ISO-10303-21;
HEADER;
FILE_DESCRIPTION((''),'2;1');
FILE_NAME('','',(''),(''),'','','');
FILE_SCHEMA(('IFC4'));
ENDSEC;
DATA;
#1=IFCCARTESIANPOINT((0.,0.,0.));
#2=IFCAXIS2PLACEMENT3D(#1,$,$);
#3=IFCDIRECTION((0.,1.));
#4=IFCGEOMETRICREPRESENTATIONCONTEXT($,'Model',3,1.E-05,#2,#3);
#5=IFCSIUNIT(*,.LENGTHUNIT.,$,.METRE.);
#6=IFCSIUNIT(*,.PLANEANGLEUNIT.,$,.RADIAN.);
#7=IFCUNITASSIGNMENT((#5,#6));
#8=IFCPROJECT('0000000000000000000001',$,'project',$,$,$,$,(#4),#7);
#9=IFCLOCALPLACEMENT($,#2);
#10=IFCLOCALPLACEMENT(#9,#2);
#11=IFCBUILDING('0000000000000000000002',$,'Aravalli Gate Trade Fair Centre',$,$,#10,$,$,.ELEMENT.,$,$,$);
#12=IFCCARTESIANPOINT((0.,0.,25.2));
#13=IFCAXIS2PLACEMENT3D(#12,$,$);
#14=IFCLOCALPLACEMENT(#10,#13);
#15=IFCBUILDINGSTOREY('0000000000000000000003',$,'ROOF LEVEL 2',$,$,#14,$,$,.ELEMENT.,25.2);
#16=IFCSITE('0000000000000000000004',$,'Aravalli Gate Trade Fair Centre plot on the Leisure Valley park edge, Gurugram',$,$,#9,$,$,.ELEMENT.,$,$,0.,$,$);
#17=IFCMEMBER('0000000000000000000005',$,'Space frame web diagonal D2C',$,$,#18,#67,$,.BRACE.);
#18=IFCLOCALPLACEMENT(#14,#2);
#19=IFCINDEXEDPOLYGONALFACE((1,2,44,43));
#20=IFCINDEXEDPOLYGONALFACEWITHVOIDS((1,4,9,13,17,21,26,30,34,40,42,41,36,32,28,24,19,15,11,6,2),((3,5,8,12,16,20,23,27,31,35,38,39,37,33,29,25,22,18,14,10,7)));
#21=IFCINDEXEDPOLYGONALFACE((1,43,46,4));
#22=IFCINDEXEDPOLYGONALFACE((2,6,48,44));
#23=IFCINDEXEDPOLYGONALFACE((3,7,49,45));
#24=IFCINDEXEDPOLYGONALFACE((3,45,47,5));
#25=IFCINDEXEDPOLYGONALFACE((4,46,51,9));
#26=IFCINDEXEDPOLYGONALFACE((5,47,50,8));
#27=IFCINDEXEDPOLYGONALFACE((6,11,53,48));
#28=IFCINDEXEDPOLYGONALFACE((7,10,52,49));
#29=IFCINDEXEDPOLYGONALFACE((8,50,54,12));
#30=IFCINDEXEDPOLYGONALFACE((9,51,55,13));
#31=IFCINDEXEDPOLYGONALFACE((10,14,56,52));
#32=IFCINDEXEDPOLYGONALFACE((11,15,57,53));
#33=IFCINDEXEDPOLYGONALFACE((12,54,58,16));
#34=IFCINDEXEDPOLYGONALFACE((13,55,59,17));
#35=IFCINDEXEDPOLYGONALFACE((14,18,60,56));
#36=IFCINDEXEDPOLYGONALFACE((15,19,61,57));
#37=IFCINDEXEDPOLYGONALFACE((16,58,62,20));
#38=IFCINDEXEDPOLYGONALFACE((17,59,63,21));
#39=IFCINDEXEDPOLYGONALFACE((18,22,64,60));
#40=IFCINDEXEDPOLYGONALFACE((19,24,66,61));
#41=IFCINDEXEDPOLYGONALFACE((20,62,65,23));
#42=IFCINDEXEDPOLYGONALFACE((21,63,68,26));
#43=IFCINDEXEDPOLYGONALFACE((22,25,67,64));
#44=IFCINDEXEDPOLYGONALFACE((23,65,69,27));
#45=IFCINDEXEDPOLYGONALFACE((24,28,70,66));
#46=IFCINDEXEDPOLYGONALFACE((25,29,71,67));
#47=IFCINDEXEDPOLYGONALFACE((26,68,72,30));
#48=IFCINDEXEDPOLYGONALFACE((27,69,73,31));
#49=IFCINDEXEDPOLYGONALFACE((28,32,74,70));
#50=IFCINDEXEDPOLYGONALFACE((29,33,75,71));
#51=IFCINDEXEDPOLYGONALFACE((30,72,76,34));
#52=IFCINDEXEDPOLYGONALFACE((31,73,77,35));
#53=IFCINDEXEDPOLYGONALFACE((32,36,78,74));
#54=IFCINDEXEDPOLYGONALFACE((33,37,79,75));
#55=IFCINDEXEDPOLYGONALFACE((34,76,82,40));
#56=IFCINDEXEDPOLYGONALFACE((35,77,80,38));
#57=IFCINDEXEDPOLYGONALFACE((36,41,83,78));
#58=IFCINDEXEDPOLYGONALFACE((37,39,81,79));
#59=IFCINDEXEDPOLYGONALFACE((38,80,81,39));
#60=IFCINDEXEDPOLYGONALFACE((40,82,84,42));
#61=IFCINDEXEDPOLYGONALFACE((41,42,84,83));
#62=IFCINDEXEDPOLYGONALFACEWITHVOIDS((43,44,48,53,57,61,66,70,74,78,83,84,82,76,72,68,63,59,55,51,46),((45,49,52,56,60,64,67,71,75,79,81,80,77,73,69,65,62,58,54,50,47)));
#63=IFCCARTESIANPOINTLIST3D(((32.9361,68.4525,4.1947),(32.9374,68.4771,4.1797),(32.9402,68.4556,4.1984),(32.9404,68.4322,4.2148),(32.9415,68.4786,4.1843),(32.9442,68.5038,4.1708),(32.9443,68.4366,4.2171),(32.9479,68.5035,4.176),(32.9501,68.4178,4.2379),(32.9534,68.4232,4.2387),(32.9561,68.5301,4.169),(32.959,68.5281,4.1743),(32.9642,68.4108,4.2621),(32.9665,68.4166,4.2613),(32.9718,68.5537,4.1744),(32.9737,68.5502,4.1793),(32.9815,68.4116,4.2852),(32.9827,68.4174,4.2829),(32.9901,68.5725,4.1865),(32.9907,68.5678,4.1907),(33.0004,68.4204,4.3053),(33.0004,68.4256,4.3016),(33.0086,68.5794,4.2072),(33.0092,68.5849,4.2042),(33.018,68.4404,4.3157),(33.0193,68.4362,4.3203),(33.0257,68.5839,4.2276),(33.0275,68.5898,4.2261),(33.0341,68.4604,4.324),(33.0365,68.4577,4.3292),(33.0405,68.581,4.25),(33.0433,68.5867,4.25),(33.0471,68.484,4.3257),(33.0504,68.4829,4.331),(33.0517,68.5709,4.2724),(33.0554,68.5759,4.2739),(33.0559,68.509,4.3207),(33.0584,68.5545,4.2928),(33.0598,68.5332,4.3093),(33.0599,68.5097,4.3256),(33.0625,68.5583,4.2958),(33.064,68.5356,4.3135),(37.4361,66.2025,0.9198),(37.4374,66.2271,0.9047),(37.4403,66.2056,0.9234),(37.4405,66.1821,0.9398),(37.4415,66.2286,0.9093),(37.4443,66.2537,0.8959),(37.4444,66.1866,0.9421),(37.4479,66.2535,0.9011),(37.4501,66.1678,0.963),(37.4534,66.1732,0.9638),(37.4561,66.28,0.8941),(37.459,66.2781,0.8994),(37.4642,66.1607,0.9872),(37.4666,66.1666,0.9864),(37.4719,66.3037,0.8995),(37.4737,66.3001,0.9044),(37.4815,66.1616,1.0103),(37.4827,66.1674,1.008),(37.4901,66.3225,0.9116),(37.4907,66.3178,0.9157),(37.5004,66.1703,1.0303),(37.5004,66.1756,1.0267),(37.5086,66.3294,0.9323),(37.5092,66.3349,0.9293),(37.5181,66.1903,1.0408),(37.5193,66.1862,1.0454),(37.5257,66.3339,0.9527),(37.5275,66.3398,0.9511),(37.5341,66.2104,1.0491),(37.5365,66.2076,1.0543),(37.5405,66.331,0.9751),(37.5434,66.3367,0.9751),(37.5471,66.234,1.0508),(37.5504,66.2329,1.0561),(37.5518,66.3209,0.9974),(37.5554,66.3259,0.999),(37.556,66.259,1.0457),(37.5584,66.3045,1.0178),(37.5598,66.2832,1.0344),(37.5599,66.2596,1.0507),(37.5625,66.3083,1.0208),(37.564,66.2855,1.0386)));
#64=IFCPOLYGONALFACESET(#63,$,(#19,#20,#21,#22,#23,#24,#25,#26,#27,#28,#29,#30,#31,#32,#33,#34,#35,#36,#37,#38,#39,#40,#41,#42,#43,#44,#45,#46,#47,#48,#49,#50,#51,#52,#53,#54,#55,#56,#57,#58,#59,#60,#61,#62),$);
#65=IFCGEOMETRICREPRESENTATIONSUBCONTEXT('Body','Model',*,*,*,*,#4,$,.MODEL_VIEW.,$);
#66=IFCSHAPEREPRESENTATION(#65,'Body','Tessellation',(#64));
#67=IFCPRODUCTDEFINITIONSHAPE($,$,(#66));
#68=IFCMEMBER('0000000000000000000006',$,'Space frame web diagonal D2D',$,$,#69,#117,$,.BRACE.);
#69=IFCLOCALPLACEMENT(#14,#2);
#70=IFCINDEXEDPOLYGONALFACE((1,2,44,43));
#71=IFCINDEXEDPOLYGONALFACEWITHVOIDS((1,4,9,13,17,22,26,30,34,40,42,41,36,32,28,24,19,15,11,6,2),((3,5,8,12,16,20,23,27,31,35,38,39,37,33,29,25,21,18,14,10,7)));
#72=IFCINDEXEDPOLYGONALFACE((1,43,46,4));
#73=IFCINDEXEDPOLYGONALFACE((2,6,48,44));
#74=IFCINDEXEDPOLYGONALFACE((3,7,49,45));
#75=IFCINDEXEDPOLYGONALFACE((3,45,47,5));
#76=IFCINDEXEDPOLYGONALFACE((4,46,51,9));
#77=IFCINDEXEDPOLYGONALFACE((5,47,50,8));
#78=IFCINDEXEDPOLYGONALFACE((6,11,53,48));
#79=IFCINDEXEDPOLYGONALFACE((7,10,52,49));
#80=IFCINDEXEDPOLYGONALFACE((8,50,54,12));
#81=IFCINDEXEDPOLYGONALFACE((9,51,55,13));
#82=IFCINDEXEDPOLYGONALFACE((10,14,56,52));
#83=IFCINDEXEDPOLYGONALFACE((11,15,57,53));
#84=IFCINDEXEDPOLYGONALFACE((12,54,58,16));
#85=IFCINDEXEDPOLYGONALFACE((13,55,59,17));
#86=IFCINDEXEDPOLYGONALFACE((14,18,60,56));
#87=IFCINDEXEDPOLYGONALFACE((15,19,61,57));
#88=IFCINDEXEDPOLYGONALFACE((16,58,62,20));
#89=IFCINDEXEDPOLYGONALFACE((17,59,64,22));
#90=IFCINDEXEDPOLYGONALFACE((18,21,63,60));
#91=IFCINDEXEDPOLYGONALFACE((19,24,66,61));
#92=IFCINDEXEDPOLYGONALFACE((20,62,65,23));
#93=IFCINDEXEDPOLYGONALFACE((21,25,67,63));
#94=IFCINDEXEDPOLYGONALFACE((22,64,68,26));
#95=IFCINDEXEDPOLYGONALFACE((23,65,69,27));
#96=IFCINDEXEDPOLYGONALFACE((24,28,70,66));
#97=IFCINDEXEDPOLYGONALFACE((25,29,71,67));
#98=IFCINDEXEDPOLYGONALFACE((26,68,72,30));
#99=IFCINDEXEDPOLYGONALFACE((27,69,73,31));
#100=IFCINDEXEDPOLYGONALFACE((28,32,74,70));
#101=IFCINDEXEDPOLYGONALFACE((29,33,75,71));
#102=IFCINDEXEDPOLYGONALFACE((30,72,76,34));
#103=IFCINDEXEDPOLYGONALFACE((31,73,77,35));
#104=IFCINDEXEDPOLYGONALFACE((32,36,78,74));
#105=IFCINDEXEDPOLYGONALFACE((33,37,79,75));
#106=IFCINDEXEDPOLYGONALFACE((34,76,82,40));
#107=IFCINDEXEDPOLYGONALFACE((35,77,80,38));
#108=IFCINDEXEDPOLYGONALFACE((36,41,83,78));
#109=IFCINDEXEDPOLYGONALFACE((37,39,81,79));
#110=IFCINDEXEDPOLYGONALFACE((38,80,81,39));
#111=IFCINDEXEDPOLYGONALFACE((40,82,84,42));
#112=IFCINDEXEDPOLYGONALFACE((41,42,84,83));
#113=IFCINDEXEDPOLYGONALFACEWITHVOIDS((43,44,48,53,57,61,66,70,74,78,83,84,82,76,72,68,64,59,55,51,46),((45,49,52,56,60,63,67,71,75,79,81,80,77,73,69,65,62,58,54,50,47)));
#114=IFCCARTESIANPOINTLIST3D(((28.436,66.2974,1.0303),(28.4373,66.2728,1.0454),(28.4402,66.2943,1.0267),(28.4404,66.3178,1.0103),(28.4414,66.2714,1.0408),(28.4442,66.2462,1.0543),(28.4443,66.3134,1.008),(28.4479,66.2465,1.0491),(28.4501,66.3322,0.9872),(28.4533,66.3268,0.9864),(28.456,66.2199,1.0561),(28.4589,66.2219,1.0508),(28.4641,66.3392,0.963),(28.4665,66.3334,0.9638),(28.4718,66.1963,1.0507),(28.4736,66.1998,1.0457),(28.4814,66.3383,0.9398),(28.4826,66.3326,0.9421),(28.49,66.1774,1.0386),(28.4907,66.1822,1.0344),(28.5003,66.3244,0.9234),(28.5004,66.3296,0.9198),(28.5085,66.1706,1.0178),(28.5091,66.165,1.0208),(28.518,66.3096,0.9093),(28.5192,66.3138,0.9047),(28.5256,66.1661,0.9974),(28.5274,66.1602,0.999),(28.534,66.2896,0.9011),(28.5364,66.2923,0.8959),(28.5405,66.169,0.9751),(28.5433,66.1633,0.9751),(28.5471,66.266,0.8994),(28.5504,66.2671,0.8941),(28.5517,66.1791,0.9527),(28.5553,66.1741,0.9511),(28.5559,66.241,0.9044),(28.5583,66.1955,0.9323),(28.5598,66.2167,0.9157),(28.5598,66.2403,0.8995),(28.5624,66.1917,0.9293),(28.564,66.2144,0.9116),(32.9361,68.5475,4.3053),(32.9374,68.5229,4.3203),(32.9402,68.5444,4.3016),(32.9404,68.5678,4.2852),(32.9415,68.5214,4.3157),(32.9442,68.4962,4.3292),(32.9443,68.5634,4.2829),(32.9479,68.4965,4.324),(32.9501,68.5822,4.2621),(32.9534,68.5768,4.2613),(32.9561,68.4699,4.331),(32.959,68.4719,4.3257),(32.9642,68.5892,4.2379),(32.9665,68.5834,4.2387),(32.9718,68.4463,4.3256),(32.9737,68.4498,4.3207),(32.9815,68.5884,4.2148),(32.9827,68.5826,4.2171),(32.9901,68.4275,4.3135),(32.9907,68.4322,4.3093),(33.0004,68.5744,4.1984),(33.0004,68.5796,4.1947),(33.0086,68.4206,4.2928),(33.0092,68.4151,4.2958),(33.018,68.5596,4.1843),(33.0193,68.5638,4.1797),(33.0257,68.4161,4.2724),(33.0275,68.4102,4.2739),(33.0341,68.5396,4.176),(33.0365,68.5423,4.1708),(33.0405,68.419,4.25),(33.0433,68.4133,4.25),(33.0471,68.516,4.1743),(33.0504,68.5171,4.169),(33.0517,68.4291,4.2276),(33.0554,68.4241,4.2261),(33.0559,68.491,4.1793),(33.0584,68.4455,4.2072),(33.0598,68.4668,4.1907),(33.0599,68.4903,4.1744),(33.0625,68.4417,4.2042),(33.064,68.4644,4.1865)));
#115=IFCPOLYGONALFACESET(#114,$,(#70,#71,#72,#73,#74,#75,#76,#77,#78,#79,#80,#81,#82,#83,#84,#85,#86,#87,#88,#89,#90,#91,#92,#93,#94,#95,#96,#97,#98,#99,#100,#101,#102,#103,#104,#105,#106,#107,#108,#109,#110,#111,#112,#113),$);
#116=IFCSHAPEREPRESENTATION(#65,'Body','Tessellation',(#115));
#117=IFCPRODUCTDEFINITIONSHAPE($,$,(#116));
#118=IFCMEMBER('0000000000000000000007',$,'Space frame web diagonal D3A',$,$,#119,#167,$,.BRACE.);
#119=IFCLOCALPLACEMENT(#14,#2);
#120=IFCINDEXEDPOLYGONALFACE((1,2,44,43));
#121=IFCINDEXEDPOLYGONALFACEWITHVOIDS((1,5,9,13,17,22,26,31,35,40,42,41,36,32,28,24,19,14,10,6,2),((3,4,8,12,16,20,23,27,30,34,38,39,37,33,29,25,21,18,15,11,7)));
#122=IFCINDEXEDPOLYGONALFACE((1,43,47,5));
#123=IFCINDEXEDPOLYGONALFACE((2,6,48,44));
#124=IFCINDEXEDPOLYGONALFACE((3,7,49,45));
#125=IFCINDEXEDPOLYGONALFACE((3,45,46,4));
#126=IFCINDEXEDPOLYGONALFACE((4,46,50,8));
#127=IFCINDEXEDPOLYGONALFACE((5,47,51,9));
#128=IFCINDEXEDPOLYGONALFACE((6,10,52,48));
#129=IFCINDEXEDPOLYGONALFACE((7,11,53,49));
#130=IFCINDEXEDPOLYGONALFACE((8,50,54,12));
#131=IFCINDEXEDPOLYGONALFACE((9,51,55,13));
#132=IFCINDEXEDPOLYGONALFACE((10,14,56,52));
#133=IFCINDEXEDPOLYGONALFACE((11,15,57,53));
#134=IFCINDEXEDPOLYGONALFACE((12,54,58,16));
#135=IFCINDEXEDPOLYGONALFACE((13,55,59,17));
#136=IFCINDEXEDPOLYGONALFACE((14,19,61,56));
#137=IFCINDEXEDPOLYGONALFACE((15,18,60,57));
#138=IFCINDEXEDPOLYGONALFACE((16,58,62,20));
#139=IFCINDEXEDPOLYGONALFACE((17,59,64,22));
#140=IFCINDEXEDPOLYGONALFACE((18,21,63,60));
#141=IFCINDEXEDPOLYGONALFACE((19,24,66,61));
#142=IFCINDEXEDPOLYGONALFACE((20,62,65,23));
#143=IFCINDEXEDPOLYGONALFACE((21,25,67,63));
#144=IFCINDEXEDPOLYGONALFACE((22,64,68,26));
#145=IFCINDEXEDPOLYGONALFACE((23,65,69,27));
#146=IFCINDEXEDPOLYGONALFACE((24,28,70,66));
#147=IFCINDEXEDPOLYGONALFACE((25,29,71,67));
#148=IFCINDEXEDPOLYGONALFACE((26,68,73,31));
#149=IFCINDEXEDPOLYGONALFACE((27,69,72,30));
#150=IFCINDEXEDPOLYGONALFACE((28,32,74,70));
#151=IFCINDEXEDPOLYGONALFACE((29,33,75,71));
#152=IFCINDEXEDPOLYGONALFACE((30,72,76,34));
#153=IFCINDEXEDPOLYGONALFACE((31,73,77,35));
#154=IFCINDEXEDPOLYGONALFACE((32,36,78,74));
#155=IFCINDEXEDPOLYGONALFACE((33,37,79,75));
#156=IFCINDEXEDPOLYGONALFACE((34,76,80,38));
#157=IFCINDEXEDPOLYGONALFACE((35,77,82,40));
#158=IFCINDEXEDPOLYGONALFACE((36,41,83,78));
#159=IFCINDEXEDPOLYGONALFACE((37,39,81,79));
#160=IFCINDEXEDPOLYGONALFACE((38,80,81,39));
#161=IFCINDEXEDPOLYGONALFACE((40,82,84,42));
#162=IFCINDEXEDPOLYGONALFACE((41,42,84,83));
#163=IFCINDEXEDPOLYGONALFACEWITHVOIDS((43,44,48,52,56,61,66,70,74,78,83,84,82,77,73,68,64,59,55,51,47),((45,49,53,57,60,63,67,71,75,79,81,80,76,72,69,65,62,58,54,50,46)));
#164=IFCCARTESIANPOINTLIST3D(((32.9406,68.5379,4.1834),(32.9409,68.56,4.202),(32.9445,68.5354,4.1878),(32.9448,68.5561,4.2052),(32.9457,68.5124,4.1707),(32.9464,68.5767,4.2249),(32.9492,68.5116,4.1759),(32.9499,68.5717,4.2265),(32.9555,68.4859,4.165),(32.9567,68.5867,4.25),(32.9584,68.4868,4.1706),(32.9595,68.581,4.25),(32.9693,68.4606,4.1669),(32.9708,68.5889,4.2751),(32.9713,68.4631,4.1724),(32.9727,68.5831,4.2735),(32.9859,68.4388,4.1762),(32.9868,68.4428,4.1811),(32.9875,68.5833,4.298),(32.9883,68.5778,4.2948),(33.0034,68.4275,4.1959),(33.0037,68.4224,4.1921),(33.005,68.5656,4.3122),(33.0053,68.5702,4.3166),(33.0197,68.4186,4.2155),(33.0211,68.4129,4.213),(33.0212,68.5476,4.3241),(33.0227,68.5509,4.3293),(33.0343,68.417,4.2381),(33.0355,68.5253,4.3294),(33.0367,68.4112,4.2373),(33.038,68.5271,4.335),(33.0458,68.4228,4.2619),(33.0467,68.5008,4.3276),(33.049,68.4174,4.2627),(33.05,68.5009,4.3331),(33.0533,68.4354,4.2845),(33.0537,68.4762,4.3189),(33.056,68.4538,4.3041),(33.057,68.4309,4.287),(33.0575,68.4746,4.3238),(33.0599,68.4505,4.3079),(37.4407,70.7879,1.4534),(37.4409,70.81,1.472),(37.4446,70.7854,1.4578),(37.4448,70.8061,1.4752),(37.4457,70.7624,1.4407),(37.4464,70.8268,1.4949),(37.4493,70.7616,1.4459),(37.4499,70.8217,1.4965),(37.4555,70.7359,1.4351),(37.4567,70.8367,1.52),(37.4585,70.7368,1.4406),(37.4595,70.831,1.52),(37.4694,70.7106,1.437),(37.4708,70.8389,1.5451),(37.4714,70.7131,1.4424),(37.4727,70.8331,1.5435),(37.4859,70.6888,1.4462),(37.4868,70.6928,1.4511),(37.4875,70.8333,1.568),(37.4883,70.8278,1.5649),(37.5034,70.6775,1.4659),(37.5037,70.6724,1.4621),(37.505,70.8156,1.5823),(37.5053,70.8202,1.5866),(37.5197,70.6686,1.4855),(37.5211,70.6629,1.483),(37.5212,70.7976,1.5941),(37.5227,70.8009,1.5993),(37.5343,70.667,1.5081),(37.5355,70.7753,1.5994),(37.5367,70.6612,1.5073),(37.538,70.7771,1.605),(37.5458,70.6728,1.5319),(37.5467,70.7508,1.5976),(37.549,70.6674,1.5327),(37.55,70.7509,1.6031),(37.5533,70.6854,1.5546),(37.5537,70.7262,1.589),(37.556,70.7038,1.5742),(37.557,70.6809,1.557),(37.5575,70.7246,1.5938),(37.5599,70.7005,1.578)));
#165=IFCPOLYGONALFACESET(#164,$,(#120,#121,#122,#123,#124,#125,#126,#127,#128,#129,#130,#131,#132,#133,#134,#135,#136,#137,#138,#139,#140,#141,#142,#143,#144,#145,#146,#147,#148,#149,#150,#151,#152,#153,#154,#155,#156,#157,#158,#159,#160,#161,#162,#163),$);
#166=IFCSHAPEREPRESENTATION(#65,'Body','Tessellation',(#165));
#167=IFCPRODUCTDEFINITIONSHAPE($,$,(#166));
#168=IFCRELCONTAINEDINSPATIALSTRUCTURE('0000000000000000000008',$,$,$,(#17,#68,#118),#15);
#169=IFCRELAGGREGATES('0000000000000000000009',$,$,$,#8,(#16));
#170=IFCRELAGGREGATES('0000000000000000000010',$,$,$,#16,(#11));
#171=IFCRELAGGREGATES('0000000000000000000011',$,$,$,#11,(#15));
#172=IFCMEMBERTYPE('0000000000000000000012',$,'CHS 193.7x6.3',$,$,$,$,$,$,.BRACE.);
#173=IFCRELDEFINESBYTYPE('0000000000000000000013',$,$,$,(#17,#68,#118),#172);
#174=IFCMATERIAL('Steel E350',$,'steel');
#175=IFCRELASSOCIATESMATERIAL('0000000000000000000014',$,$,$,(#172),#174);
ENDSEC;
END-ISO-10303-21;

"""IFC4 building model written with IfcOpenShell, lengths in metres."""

from ifc_helpers import new_model, si_unit, direction, frame, origin, origin_2d, place, context, subcontext, project, spatial, hollow_circle, extrude, material, material_profile, profile_set, type_object, element, save


model = new_model("IFC4")

# Units and contexts
model_context = context("Model", 3, precision=1e-05, world=origin(), true_north=direction((0.0, 1.0)))
body_context = subcontext(model_context, "Body", "Model", "MODEL_VIEW")
ifc_project = project(units=[si_unit("LENGTHUNIT", "METRE"), si_unit("PLANEANGLEUNIT", "RADIAN")], contexts=[model_context])

# Site, building, storey
site_placement = place(None, origin())
site = spatial("IfcSite", under=ifc_project, at=site_placement, Name="Aravalli Gate Trade Fair Centre plot on the Leisure Valley park edge, Gurugram", CompositionType="ELEMENT", RefElevation=0.0)
building_placement = place(site_placement, origin())
building = spatial("IfcBuilding", under=site, at=building_placement, Name="Aravalli Gate Trade Fair Centre", CompositionType="ELEMENT")
storey_placement = place(building_placement, frame((0.0, 0.0, 25.2)))
storey = spatial("IfcBuildingStorey", under=building, at=storey_placement, Name="ROOF LEVEL 2", CompositionType="ELEMENT", Elevation=25.2)

# Members
ifc_material_1 = material(Name="Steel E350", Category="steel")
ifc_material_profile_1 = material_profile(ifc_material_1, hollow_circle(Radius=0.0969, WallThickness=0.0063, at=origin_2d()), Name="CHS 193.7x6.3")
ifc_profile_set_1 = profile_set([ifc_material_profile_1], Name="Steel E350")
member_type_1 = type_object("IfcMemberType", Name="CHS 193.7x6.3", PredefinedType="BRACE", material=ifc_profile_set_1)
for number, where, z_axis, x_axis, name in (
    (1, (33.0, 68.5, 4.25), (0.74961, -0.374805, -0.545533), (0.447214, 0.894427, 0.0), "Space frame web diagonal D2C"),
    (2, (33.0, 68.5, 4.25), (-0.74961, -0.374805, -0.545533), (0.447214, -0.894427, 0.0), "Space frame web diagonal D2D"),
):
    element("IfcMember", number, at=place(storey_placement, frame(where, z_axis=z_axis, x_axis=x_axis)), inside=storey, type_object=member_type_1, Name=name, PredefinedType="BRACE", context=body_context, shape_type="SweptSolid", body=[
        extrude(hollow_circle(Radius=0.0969, WallThickness=0.0063, at=origin_2d()), origin(), (0.0, 0.0, 1.0), 6.0032),
    ])
for number, where, z_axis, x_axis, name in (
    (3, (33.0, 68.5, 4.25), (0.78615, 0.393075, -0.476928), (-0.447214, 0.894427, 0.0), "Space frame web diagonal D3A"),
):
    element("IfcMember", number, at=place(storey_placement, frame(where, z_axis=z_axis, x_axis=x_axis)), inside=storey, type_object=member_type_1, Name=name, PredefinedType="BRACE", context=body_context, shape_type="SweptSolid", body=[
        extrude(hollow_circle(Radius=0.0969, WallThickness=0.0063, at=origin_2d()), origin(), (0.0, 0.0, 1.0), 5.7241),
    ])

save(model, "model.ifc")
